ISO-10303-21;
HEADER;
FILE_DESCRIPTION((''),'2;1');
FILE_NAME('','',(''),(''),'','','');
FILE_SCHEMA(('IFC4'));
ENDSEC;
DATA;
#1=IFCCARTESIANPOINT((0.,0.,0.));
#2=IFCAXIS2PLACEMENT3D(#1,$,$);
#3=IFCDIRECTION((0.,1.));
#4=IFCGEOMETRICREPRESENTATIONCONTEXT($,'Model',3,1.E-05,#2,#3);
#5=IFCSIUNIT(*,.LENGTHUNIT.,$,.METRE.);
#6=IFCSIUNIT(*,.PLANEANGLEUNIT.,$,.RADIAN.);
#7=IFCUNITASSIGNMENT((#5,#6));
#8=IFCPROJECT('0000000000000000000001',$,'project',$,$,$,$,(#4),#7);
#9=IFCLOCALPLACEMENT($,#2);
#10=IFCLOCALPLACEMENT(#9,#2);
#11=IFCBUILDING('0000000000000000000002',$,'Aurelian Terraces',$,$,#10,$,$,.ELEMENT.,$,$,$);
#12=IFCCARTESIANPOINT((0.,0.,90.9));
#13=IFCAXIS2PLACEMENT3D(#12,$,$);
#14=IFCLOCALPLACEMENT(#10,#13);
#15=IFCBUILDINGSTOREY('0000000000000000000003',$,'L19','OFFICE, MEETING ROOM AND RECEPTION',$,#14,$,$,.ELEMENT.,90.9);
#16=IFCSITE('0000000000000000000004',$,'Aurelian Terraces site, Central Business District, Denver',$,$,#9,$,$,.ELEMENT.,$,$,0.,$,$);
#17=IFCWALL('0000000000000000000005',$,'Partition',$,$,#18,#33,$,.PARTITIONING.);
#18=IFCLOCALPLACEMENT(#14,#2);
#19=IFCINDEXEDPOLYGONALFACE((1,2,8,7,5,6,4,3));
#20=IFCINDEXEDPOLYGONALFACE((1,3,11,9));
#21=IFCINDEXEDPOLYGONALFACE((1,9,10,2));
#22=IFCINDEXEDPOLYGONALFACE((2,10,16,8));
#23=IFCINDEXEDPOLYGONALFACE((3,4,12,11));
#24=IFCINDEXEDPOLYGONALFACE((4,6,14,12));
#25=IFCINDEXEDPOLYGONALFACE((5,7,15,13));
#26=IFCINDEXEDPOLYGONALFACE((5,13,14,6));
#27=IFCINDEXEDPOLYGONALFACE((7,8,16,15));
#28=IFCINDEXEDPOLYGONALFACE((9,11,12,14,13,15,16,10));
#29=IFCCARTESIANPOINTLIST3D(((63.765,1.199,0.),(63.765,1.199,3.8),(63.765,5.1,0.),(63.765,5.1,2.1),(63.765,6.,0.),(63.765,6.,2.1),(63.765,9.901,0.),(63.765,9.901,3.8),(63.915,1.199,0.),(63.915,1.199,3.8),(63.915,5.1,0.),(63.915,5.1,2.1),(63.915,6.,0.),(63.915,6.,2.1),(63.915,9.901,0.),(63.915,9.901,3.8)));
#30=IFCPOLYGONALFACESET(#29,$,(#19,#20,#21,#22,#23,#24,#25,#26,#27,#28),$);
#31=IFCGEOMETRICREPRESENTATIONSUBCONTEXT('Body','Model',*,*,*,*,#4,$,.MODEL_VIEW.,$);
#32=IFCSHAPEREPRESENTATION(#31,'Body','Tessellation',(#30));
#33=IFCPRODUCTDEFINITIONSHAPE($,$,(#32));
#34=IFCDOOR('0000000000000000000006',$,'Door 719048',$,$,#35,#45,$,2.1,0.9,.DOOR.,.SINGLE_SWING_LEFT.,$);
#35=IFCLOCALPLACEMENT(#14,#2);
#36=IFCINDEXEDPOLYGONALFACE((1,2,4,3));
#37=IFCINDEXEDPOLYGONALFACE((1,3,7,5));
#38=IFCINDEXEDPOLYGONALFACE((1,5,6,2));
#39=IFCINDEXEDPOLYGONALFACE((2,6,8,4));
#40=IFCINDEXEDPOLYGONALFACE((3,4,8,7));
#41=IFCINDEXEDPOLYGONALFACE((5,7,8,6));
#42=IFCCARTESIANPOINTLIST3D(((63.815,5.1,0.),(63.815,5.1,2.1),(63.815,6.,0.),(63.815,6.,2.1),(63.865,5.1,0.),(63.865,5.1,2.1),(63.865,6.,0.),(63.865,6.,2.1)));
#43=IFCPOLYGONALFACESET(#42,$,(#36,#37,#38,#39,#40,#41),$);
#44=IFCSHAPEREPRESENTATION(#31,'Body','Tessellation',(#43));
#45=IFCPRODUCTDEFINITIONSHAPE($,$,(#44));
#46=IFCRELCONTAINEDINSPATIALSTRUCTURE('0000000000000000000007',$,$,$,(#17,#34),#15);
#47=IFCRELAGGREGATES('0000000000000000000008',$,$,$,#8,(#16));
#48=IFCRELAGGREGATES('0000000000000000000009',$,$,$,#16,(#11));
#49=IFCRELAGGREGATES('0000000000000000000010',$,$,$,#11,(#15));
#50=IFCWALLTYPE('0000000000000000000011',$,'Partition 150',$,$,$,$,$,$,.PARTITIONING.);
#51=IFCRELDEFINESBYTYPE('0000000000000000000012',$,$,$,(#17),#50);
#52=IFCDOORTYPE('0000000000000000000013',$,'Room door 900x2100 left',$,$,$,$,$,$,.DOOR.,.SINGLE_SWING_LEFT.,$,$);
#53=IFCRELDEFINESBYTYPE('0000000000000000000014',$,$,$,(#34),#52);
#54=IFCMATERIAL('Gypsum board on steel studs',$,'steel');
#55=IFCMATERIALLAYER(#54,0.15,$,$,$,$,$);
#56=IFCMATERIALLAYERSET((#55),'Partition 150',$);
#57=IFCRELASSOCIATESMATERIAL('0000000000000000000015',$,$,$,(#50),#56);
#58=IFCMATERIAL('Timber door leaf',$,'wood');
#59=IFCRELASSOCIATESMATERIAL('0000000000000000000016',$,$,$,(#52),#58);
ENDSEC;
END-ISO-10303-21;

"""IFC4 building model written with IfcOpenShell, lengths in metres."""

from ifc_helpers import new_model, si_unit, direction, frame, frame_2d, origin, place, context, subcontext, project, spatial, rectangle, extrude, source, transform, mapped, material, layer, layer_set, type_object, element, fill, save


model = new_model("IFC4")

# Units and contexts
model_context = context("Model", 3, precision=1e-05, world=origin(), true_north=direction((0.0, 1.0)))
body_context = subcontext(model_context, "Body", "Model", "MODEL_VIEW")
ifc_project = project(units=[si_unit("LENGTHUNIT", "METRE"), si_unit("PLANEANGLEUNIT", "RADIAN")], contexts=[model_context])

# Site, building, storey
site_placement = place(None, origin())
site = spatial("IfcSite", under=ifc_project, at=site_placement, Name="Aurelian Terraces site, Central Business District, Denver", CompositionType="ELEMENT", RefElevation=0.0)
building_placement = place(site_placement, origin())
building = spatial("IfcBuilding", under=site, at=building_placement, Name="Aurelian Terraces", CompositionType="ELEMENT")
storey_placement = place(building_placement, frame((0.0, 0.0, 90.9)))
storey = spatial("IfcBuildingStorey", under=building, at=storey_placement, Name="L19", Description="OFFICE, MEETING ROOM AND RECEPTION", CompositionType="ELEMENT", Elevation=90.9)

# Shared definitions
ifc_material_1 = material(Name="Gypsum board on steel studs", Category="steel")
ifc_layer_1 = layer(ifc_material_1, 0.15)
ifc_layer_set_1 = layer_set([ifc_layer_1], Name="Partition 150")
wall_type_1 = type_object("IfcWallType", Name="Partition 150", PredefinedType="PARTITIONING", material=ifc_layer_set_1)
shared_shape_1 = source(origin(), body_context, "Body", "SweptSolid", [
    extrude(rectangle(XDim=8.702, YDim=0.15, at=frame_2d((4.351, 0.0))), origin(), (0.0, 0.0, 1.0), 3.8),
])

# Wall, opening, door
wall_1_placement = place(storey_placement, frame((63.84, 1.199, 0.0), z_axis=(0.0, 0.0, 1.0), x_axis=(0.0, 1.0, 0.0)))
wall_1 = element("IfcWall", 1, at=wall_1_placement, inside=storey, type_object=wall_type_1, Name="Partition", PredefinedType="PARTITIONING", context=body_context, shape_type="MappedRepresentation", body=[
    mapped(shared_shape_1, transform((0.0, 0.0, 0.0), scale=1.0)),
])
shared_shape_2 = source(origin(), body_context, "Body", "SweptSolid", [
    extrude(rectangle(XDim=0.9, YDim=2.1, at=frame_2d((0.45, 1.05))), frame((0.0, 0.085, 0.0), z_axis=(0.0, -1.0, 0.0), x_axis=(1.0, 0.0, 0.0)), (0.0, 0.0, 1.0), 0.17),
])
opening_1_placement = place(wall_1_placement, frame((3.901, 0.0, 0.0)))
opening_1 = element("IfcOpeningElement", 2, at=opening_1_placement, cuts=wall_1, PredefinedType="OPENING", context=body_context, shape_type="MappedRepresentation", body=[
    mapped(shared_shape_2, transform((0.0, 0.0, 0.0), scale=1.0)),
])
ifc_material_2 = material(Name="Timber door leaf", Category="wood")
door_type = type_object("IfcDoorType", Name="Room door 900x2100 left", OperationType="SINGLE_SWING_LEFT", PredefinedType="DOOR", material=ifc_material_2)
shared_shape_3 = source(origin(), body_context, "Body", "SweptSolid", [
    extrude(rectangle(XDim=0.9, YDim=2.1, at=frame_2d((0.45, 1.05))), frame((0.0, 0.025, 0.0), z_axis=(0.0, -1.0, 0.0), x_axis=(1.0, 0.0, 0.0)), (0.0, 0.0, 1.0), 0.05),
])
door_placement = place(opening_1_placement, origin())
door = element("IfcDoor", 3, at=door_placement, inside=storey, type_object=door_type, Name="Door 719048", OperationType="SINGLE_SWING_LEFT", OverallHeight=2.1, OverallWidth=0.9, PredefinedType="DOOR", context=body_context, shape_type="MappedRepresentation", body=[
    mapped(shared_shape_3, transform((0.0, 0.0, 0.0), scale=1.0)),
])
fill(opening_1, door)

save(model, "model.ifc")
